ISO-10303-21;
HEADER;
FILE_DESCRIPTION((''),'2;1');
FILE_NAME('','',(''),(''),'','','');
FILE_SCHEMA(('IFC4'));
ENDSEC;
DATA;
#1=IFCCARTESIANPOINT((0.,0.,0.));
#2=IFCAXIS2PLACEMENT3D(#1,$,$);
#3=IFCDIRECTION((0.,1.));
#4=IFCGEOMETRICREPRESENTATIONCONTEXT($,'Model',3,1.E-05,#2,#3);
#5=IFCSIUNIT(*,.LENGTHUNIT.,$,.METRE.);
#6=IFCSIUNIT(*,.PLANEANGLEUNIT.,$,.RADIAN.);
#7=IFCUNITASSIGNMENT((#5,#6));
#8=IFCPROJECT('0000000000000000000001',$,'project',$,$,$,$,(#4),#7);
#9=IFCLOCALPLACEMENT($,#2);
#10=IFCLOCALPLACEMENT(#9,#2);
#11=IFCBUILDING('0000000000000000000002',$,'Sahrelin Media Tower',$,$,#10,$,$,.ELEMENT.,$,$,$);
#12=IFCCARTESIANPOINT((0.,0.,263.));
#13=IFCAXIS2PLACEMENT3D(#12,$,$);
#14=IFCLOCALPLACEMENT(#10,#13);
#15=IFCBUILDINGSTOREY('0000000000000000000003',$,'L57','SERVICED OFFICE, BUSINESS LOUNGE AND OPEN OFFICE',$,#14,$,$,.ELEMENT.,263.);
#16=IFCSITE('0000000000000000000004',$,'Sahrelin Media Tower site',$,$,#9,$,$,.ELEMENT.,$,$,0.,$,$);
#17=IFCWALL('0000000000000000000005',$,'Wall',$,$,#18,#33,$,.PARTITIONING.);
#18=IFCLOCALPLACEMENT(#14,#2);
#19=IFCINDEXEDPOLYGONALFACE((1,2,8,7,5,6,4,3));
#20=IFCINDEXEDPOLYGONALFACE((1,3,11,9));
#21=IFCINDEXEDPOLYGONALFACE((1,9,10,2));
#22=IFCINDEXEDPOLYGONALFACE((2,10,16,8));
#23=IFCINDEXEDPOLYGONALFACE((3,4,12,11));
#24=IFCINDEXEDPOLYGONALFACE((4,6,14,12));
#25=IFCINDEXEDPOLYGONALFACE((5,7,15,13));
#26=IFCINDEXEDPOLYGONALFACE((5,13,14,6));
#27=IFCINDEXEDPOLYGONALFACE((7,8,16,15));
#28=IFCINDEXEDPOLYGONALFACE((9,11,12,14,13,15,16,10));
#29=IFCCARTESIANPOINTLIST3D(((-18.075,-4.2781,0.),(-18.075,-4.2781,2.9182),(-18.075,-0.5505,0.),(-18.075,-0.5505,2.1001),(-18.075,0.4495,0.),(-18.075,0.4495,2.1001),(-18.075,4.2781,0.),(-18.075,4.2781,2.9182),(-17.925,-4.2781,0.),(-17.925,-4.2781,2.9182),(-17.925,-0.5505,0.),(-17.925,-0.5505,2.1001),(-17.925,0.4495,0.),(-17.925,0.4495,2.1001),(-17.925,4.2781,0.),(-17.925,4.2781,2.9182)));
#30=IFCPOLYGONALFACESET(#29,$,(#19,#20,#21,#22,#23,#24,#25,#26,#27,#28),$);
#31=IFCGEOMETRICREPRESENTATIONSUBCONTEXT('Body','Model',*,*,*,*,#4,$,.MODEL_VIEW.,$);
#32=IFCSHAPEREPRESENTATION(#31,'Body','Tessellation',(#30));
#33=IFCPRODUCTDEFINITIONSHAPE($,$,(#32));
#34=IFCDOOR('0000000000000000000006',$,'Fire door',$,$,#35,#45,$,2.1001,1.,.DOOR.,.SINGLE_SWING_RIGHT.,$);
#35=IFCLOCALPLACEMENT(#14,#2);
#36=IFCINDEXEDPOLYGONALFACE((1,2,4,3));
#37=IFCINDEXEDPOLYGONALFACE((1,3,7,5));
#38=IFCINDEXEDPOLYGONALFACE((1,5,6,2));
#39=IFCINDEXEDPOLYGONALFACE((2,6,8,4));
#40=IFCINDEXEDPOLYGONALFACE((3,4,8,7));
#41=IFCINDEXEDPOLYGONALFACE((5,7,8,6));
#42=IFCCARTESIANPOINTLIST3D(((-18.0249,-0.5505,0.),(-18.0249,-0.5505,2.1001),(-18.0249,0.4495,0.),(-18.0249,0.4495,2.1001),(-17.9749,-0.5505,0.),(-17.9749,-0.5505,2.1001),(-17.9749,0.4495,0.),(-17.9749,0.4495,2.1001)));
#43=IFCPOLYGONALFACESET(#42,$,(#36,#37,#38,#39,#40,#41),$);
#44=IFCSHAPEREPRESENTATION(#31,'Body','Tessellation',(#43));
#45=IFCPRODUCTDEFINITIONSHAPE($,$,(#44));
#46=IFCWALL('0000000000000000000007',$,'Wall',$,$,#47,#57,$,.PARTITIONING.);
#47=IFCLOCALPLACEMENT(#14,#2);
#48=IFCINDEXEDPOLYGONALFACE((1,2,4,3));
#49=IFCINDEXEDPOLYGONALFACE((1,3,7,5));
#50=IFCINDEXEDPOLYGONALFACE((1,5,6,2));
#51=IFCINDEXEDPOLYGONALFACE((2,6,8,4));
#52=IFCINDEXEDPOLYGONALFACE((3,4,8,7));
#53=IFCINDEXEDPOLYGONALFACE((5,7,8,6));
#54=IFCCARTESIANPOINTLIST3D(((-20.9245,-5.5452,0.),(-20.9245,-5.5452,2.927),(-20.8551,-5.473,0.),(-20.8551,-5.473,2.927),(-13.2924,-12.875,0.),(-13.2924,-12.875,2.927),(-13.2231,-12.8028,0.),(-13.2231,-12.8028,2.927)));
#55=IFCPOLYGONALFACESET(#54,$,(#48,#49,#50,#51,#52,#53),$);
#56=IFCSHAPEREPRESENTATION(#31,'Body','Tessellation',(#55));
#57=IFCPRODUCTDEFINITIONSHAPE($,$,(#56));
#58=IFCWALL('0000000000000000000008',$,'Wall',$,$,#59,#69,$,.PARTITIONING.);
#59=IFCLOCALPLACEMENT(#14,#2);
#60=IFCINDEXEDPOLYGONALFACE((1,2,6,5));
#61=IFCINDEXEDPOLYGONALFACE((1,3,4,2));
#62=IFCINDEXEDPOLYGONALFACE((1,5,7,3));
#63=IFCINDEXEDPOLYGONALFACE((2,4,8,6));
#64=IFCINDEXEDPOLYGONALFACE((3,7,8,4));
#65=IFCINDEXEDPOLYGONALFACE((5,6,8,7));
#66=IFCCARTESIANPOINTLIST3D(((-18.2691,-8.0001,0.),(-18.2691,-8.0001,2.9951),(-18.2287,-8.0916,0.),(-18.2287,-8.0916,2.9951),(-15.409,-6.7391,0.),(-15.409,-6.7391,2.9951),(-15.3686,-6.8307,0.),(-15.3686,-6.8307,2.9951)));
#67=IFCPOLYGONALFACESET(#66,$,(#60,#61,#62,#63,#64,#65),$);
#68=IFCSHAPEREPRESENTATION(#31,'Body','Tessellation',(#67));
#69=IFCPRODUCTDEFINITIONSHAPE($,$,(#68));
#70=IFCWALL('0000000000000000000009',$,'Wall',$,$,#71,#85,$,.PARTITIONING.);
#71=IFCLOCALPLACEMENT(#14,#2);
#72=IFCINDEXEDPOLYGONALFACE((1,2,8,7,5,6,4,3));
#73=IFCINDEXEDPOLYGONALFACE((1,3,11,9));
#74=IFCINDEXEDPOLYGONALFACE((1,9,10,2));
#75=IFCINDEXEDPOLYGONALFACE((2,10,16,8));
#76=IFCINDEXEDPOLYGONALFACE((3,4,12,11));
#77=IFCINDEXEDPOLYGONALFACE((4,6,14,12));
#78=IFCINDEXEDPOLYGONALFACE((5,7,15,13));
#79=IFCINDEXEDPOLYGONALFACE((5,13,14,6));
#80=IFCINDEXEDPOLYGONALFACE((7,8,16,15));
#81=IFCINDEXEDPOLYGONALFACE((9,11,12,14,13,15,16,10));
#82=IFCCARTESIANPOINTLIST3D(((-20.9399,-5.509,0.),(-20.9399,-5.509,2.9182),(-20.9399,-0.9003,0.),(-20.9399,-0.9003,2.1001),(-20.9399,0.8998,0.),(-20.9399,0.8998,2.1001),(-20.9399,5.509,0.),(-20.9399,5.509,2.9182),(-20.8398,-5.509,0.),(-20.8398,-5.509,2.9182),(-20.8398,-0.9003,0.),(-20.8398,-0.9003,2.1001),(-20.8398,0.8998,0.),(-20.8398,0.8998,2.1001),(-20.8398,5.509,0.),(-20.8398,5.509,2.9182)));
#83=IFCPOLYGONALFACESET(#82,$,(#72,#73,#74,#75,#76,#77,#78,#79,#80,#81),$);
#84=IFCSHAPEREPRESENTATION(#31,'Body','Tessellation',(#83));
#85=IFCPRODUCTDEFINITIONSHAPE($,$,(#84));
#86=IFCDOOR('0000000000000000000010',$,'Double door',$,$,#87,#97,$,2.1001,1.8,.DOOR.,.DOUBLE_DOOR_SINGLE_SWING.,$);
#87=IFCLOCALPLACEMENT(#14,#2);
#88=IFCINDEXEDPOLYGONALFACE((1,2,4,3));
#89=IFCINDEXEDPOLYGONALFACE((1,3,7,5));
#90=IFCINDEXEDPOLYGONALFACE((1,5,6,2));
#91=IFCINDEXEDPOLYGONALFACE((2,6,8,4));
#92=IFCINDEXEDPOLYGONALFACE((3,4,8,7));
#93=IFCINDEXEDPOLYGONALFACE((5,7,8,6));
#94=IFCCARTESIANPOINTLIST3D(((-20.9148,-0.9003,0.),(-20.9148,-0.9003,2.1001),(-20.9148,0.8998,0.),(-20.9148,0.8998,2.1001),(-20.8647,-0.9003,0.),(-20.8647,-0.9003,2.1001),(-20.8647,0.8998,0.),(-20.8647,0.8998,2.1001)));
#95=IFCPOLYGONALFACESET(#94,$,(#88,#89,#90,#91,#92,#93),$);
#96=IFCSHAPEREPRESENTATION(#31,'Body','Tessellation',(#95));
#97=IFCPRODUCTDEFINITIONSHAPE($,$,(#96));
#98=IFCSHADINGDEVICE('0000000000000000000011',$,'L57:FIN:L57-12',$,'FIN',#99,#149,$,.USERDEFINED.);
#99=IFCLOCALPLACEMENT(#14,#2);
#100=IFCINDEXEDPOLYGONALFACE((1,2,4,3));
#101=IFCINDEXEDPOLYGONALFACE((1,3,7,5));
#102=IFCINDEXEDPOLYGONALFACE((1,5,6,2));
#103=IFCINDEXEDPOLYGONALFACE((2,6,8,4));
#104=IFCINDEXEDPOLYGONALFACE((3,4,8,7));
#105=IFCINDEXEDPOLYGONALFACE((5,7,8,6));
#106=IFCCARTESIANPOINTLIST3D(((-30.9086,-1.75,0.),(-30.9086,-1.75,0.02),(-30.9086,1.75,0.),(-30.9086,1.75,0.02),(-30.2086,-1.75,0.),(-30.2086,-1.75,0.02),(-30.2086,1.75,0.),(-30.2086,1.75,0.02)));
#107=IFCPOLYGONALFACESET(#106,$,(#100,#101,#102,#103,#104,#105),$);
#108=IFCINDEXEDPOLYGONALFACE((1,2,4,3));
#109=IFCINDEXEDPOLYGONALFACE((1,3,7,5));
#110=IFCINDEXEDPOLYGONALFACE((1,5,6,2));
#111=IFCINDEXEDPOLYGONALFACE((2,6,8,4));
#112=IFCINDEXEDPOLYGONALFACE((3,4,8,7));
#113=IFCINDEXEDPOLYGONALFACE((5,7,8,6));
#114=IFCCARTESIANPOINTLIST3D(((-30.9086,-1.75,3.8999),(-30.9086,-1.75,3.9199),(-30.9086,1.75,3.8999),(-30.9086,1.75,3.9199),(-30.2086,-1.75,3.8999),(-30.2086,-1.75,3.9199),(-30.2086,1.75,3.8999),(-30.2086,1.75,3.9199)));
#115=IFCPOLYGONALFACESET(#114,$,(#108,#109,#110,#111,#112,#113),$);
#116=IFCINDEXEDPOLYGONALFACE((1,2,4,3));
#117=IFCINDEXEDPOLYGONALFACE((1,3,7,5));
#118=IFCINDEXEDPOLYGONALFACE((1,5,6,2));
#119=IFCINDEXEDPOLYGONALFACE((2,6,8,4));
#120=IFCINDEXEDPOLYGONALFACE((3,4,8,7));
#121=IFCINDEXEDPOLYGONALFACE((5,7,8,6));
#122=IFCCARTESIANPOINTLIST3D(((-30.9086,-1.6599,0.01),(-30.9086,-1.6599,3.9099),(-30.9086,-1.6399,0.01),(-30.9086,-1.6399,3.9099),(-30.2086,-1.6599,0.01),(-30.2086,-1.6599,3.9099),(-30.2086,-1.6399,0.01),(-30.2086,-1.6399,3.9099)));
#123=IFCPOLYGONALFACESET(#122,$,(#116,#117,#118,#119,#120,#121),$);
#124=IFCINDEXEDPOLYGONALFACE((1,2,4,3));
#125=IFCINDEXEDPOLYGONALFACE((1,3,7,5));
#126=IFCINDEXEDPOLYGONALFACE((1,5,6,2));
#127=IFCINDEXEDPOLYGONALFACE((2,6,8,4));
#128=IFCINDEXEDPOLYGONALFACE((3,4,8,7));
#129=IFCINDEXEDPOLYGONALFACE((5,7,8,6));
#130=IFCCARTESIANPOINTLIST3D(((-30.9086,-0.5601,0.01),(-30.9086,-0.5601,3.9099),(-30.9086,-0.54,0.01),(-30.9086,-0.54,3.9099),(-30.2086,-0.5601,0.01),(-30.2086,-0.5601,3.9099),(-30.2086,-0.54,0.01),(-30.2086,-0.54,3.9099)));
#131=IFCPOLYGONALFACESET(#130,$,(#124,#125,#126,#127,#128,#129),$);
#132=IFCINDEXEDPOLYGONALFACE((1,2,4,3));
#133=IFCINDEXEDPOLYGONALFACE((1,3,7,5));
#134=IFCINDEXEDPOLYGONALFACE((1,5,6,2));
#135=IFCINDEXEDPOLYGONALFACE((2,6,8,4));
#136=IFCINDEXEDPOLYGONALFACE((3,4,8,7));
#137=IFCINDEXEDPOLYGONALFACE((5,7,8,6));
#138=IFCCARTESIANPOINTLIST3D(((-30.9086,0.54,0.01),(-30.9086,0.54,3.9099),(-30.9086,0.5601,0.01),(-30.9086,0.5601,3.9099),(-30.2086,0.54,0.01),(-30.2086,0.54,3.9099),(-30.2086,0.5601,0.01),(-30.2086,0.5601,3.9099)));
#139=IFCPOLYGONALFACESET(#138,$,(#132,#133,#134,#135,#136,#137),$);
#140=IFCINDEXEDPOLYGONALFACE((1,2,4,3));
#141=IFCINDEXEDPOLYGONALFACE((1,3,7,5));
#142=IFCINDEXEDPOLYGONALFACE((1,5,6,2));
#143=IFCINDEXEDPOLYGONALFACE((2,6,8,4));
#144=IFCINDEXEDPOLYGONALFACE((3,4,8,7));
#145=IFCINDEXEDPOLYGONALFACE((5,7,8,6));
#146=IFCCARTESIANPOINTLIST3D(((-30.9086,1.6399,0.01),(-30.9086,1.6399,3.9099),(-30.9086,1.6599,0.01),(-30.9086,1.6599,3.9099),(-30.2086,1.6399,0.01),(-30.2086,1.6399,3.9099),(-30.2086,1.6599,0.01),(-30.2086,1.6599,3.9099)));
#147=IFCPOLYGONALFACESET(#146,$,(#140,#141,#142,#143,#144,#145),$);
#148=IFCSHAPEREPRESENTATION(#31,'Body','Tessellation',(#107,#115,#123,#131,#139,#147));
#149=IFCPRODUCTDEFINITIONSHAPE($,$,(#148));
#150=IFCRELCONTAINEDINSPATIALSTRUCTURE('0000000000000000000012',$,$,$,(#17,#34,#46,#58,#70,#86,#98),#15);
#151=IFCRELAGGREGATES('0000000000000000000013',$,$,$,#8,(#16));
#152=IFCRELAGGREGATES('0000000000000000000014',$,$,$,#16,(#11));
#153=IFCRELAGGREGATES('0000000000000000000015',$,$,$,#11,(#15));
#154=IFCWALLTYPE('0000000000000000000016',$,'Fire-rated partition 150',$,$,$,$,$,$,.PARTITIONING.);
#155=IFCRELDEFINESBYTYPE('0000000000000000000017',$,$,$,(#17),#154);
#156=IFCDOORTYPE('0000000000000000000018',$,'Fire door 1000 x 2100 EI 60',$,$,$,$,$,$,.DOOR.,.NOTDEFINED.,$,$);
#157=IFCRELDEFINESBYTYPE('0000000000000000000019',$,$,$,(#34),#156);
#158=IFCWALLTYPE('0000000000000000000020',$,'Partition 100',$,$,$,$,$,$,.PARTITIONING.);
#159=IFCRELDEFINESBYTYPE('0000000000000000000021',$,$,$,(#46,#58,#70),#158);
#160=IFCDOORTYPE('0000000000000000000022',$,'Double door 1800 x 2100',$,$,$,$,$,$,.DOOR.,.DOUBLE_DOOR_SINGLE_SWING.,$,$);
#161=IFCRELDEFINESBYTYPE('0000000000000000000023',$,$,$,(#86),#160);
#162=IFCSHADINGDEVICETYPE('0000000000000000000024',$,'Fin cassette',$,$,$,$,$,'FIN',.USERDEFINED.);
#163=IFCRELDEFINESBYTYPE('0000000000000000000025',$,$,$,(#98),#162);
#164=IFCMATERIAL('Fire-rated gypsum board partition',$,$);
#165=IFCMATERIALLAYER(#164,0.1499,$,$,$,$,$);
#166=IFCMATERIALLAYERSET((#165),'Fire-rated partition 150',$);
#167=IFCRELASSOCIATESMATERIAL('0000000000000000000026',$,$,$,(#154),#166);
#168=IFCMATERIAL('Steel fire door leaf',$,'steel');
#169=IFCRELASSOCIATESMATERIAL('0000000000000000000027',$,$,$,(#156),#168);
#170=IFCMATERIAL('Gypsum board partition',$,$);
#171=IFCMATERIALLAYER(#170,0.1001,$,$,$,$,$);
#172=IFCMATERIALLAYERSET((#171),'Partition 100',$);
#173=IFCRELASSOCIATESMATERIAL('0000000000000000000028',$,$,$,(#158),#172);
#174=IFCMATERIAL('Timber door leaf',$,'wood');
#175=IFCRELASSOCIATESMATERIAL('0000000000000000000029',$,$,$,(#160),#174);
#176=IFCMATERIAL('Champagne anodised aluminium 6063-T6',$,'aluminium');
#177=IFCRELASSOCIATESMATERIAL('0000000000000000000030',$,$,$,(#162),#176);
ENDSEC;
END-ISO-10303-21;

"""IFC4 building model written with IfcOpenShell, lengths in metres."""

from ifc_helpers import new_model, si_unit, direction, frame, frame_2d, origin, origin_2d, place, context, subcontext, project, spatial, rectangle, extrude, material, layer, layer_set, type_object, element, fill, save


model = new_model("IFC4")

# Units and contexts
model_context = context("Model", 3, precision=1e-05, world=origin(), true_north=direction((0.0, 1.0)))
body_context = subcontext(model_context, "Body", "Model", "MODEL_VIEW")
ifc_project = project(units=[si_unit("LENGTHUNIT", "METRE"), si_unit("PLANEANGLEUNIT", "RADIAN")], contexts=[model_context])

# Site, building, storey
site_placement = place(None, origin())
site = spatial("IfcSite", under=ifc_project, at=site_placement, Name="Sahrelin Media Tower site", CompositionType="ELEMENT", RefElevation=0.0)
building_placement = place(site_placement, origin())
building = spatial("IfcBuilding", under=site, at=building_placement, Name="Sahrelin Media Tower", CompositionType="ELEMENT")
storey_placement = place(building_placement, frame((0.0, 0.0, 263.0)))
storey = spatial("IfcBuildingStorey", under=building, at=storey_placement, Name="L57", Description="SERVICED OFFICE, BUSINESS LOUNGE AND OPEN OFFICE", CompositionType="ELEMENT", Elevation=263.0)

# Shared definitions
ifc_material_1 = material(Name="Champagne anodised aluminium 6063-T6", Category="aluminium")

# Wall, opening, door
ifc_material_2 = material(Name="Fire-rated gypsum board partition")
ifc_layer_1 = layer(ifc_material_2, 0.1499)
ifc_layer_set_1 = layer_set([ifc_layer_1], Name="Fire-rated partition 150")
wall_type_1 = type_object("IfcWallType", Name="Fire-rated partition 150", PredefinedType="PARTITIONING", material=ifc_layer_set_1)
ifc_material_3 = material(Name="Steel fire door leaf", Category="steel")
door_type_1 = type_object("IfcDoorType", Name="Fire door 1000 x 2100 EI 60", OperationType="NOTDEFINED", PredefinedType="DOOR", material=ifc_material_3)
wall_1_placement = place(storey_placement, frame((-18.0, -4.2781, 0.0), z_axis=(0.0, 0.0, 1.0), x_axis=(0.0, 1.0, 0.0)))
wall_1 = element("IfcWall", 1, at=wall_1_placement, inside=storey, type_object=wall_type_1, Name="Wall", PredefinedType="PARTITIONING", context=body_context, shape_type="SweptSolid", body=[
    extrude(rectangle(XDim=8.5562, YDim=0.1499, at=frame_2d((4.2781, 0.0))), origin(), (0.0, 0.0, 1.0), 2.9182),
])
opening_1_placement = place(wall_1_placement, frame((3.7275, 0.0, 0.0)))
opening_1 = element("IfcOpeningElement", 2, at=opening_1_placement, cuts=wall_1, PredefinedType="OPENING", context=body_context, shape_type="SweptSolid", body=[
    extrude(rectangle(XDim=1.0, YDim=2.1001, at=frame_2d((0.5, 1.05))), frame((0.0, 0.075, 0.0), z_axis=(0.0, -1.0, 0.0), x_axis=(1.0, 0.0, 0.0)), (0.0, 0.0, 1.0), 0.1499),
])
door_1_placement = place(opening_1_placement, origin())
door_1 = element("IfcDoor", 3, at=door_1_placement, inside=storey, type_object=door_type_1, Name="Fire door", OperationType="SINGLE_SWING_RIGHT", OverallHeight=2.1001, OverallWidth=1.0, PredefinedType="DOOR", context=body_context, shape_type="SweptSolid", body=[
    extrude(rectangle(XDim=1.0, YDim=2.1001, at=frame_2d((0.5, 1.05))), frame((0.0, 0.0249, 0.0), z_axis=(0.0, -1.0, 0.0), x_axis=(1.0, 0.0, 0.0)), (0.0, 0.0, 1.0), 0.05),
])
fill(opening_1, door_1)

# Walls
ifc_material_4 = material(Name="Gypsum board partition")
ifc_layer_2 = layer(ifc_material_4, 0.1001)
ifc_layer_set_2 = layer_set([ifc_layer_2], Name="Partition 100")
wall_type_2 = type_object("IfcWallType", Name="Partition 100", PredefinedType="PARTITIONING", material=ifc_layer_set_2)
wall_2_placement = place(storey_placement, frame((-20.8899, -5.509, 0.0), z_axis=(0.0, 0.0, 1.0), x_axis=(0.721244, -0.692681, 0.0)))
element("IfcWall", 4, at=wall_2_placement, inside=storey, type_object=wall_type_2, Name="Wall", PredefinedType="PARTITIONING", context=body_context, shape_type="SweptSolid", body=[
    extrude(rectangle(XDim=10.5818, YDim=0.1001, at=frame_2d((5.291, 0.0))), origin(), (0.0, 0.0, 1.0), 2.927),
])
wall_3_placement = place(storey_placement, frame((-18.249, -8.0459, 0.0), z_axis=(0.0, 0.0, 1.0), x_axis=(0.915015, 0.403419, 0.0)))
element("IfcWall", 5, at=wall_3_placement, inside=storey, type_object=wall_type_2, Name="Wall", PredefinedType="PARTITIONING", context=body_context, shape_type="SweptSolid", body=[
    extrude(rectangle(XDim=3.1257, YDim=0.1001, at=frame_2d((1.563, 0.0))), origin(), (0.0, 0.0, 1.0), 2.9951),
])

# Wall, opening, door
wall_4_placement = place(storey_placement, frame((-20.8899, -5.509, 0.0), z_axis=(0.0, 0.0, 1.0), x_axis=(0.0, 1.0, 0.0)))
wall_4 = element("IfcWall", 6, at=wall_4_placement, inside=storey, type_object=wall_type_2, Name="Wall", PredefinedType="PARTITIONING", context=body_context, shape_type="SweptSolid", body=[
    extrude(rectangle(XDim=11.0181, YDim=0.1001, at=frame_2d((5.509, 0.0))), origin(), (0.0, 0.0, 1.0), 2.9182),
])
opening_2_placement = place(wall_4_placement, frame((4.6089, 0.0, 0.0)))
opening_2 = element("IfcOpeningElement", 7, at=opening_2_placement, cuts=wall_4, PredefinedType="OPENING", context=body_context, shape_type="SweptSolid", body=[
    extrude(rectangle(XDim=1.8, YDim=2.1001, at=frame_2d((0.8999, 1.05))), frame((0.0, 0.05, 0.0), z_axis=(0.0, -1.0, 0.0), x_axis=(1.0, 0.0, 0.0)), (0.0, 0.0, 1.0), 0.1001),
])
ifc_material_5 = material(Name="Timber door leaf", Category="wood")
door_type_2 = type_object("IfcDoorType", Name="Double door 1800 x 2100", OperationType="DOUBLE_DOOR_SINGLE_SWING", PredefinedType="DOOR", material=ifc_material_5)
door_2_placement = place(opening_2_placement, origin())
door_2 = element("IfcDoor", 8, at=door_2_placement, inside=storey, type_object=door_type_2, Name="Double door", OperationType="DOUBLE_DOOR_SINGLE_SWING", OverallHeight=2.1001, OverallWidth=1.8, PredefinedType="DOOR", context=body_context, shape_type="SweptSolid", body=[
    extrude(rectangle(XDim=1.8, YDim=2.1001, at=frame_2d((0.8999, 1.05))), frame((0.0, 0.0249, 0.0), z_axis=(0.0, -1.0, 0.0), x_axis=(1.0, 0.0, 0.0)), (0.0, 0.0, 1.0), 0.05),
])
fill(opening_2, door_2)

# Shading device
shading_device_type_1 = type_object("IfcShadingDeviceType", Name="Fin cassette", ElementType="FIN", PredefinedType="USERDEFINED", material=ifc_material_1)
placement_1 = place(storey_placement, frame((-30.1387, 0.0, 0.0), z_axis=(0.0, 0.0, 1.0), x_axis=(0.0, 1.0, 0.0)))
element("IfcShadingDevice", 9, at=placement_1, inside=storey, type_object=shading_device_type_1, Name="L57:FIN:L57-12", ObjectType="FIN", PredefinedType="USERDEFINED", context=body_context, shape_type="SweptSolid", body=[
    extrude(rectangle(XDim=3.5, YDim=0.7, at=origin_2d()), frame((0.0, 0.4199, 0.0)), (0.0, 0.0, 1.0), 0.02),
    extrude(rectangle(XDim=3.5, YDim=0.7, at=origin_2d()), frame((0.0, 0.4199, 3.8999)), (0.0, 0.0, 1.0), 0.02),
    extrude(rectangle(XDim=0.02, YDim=0.7, at=origin_2d()), frame((-1.6499, 0.4199, 0.01), z_axis=(0.0, 0.0, 1.0), x_axis=(1.0, 0.0, 0.0)), (0.0, 0.0, 1.0), 3.8999),
    extrude(rectangle(XDim=0.02, YDim=0.7, at=origin_2d()), frame((-0.55, 0.4199, 0.01), z_axis=(0.0, 0.0, 1.0), x_axis=(1.0, 0.0, 0.0)), (0.0, 0.0, 1.0), 3.8999),
    extrude(rectangle(XDim=0.02, YDim=0.7, at=origin_2d()), frame((0.55, 0.4199, 0.01), z_axis=(0.0, 0.0, 1.0), x_axis=(1.0, 0.0, 0.0)), (0.0, 0.0, 1.0), 3.8999),
    extrude(rectangle(XDim=0.02, YDim=0.7, at=origin_2d()), frame((1.6499, 0.4199, 0.01), z_axis=(0.0, 0.0, 1.0), x_axis=(1.0, 0.0, 0.0)), (0.0, 0.0, 1.0), 3.8999),
])

save(model, "model.ifc")
